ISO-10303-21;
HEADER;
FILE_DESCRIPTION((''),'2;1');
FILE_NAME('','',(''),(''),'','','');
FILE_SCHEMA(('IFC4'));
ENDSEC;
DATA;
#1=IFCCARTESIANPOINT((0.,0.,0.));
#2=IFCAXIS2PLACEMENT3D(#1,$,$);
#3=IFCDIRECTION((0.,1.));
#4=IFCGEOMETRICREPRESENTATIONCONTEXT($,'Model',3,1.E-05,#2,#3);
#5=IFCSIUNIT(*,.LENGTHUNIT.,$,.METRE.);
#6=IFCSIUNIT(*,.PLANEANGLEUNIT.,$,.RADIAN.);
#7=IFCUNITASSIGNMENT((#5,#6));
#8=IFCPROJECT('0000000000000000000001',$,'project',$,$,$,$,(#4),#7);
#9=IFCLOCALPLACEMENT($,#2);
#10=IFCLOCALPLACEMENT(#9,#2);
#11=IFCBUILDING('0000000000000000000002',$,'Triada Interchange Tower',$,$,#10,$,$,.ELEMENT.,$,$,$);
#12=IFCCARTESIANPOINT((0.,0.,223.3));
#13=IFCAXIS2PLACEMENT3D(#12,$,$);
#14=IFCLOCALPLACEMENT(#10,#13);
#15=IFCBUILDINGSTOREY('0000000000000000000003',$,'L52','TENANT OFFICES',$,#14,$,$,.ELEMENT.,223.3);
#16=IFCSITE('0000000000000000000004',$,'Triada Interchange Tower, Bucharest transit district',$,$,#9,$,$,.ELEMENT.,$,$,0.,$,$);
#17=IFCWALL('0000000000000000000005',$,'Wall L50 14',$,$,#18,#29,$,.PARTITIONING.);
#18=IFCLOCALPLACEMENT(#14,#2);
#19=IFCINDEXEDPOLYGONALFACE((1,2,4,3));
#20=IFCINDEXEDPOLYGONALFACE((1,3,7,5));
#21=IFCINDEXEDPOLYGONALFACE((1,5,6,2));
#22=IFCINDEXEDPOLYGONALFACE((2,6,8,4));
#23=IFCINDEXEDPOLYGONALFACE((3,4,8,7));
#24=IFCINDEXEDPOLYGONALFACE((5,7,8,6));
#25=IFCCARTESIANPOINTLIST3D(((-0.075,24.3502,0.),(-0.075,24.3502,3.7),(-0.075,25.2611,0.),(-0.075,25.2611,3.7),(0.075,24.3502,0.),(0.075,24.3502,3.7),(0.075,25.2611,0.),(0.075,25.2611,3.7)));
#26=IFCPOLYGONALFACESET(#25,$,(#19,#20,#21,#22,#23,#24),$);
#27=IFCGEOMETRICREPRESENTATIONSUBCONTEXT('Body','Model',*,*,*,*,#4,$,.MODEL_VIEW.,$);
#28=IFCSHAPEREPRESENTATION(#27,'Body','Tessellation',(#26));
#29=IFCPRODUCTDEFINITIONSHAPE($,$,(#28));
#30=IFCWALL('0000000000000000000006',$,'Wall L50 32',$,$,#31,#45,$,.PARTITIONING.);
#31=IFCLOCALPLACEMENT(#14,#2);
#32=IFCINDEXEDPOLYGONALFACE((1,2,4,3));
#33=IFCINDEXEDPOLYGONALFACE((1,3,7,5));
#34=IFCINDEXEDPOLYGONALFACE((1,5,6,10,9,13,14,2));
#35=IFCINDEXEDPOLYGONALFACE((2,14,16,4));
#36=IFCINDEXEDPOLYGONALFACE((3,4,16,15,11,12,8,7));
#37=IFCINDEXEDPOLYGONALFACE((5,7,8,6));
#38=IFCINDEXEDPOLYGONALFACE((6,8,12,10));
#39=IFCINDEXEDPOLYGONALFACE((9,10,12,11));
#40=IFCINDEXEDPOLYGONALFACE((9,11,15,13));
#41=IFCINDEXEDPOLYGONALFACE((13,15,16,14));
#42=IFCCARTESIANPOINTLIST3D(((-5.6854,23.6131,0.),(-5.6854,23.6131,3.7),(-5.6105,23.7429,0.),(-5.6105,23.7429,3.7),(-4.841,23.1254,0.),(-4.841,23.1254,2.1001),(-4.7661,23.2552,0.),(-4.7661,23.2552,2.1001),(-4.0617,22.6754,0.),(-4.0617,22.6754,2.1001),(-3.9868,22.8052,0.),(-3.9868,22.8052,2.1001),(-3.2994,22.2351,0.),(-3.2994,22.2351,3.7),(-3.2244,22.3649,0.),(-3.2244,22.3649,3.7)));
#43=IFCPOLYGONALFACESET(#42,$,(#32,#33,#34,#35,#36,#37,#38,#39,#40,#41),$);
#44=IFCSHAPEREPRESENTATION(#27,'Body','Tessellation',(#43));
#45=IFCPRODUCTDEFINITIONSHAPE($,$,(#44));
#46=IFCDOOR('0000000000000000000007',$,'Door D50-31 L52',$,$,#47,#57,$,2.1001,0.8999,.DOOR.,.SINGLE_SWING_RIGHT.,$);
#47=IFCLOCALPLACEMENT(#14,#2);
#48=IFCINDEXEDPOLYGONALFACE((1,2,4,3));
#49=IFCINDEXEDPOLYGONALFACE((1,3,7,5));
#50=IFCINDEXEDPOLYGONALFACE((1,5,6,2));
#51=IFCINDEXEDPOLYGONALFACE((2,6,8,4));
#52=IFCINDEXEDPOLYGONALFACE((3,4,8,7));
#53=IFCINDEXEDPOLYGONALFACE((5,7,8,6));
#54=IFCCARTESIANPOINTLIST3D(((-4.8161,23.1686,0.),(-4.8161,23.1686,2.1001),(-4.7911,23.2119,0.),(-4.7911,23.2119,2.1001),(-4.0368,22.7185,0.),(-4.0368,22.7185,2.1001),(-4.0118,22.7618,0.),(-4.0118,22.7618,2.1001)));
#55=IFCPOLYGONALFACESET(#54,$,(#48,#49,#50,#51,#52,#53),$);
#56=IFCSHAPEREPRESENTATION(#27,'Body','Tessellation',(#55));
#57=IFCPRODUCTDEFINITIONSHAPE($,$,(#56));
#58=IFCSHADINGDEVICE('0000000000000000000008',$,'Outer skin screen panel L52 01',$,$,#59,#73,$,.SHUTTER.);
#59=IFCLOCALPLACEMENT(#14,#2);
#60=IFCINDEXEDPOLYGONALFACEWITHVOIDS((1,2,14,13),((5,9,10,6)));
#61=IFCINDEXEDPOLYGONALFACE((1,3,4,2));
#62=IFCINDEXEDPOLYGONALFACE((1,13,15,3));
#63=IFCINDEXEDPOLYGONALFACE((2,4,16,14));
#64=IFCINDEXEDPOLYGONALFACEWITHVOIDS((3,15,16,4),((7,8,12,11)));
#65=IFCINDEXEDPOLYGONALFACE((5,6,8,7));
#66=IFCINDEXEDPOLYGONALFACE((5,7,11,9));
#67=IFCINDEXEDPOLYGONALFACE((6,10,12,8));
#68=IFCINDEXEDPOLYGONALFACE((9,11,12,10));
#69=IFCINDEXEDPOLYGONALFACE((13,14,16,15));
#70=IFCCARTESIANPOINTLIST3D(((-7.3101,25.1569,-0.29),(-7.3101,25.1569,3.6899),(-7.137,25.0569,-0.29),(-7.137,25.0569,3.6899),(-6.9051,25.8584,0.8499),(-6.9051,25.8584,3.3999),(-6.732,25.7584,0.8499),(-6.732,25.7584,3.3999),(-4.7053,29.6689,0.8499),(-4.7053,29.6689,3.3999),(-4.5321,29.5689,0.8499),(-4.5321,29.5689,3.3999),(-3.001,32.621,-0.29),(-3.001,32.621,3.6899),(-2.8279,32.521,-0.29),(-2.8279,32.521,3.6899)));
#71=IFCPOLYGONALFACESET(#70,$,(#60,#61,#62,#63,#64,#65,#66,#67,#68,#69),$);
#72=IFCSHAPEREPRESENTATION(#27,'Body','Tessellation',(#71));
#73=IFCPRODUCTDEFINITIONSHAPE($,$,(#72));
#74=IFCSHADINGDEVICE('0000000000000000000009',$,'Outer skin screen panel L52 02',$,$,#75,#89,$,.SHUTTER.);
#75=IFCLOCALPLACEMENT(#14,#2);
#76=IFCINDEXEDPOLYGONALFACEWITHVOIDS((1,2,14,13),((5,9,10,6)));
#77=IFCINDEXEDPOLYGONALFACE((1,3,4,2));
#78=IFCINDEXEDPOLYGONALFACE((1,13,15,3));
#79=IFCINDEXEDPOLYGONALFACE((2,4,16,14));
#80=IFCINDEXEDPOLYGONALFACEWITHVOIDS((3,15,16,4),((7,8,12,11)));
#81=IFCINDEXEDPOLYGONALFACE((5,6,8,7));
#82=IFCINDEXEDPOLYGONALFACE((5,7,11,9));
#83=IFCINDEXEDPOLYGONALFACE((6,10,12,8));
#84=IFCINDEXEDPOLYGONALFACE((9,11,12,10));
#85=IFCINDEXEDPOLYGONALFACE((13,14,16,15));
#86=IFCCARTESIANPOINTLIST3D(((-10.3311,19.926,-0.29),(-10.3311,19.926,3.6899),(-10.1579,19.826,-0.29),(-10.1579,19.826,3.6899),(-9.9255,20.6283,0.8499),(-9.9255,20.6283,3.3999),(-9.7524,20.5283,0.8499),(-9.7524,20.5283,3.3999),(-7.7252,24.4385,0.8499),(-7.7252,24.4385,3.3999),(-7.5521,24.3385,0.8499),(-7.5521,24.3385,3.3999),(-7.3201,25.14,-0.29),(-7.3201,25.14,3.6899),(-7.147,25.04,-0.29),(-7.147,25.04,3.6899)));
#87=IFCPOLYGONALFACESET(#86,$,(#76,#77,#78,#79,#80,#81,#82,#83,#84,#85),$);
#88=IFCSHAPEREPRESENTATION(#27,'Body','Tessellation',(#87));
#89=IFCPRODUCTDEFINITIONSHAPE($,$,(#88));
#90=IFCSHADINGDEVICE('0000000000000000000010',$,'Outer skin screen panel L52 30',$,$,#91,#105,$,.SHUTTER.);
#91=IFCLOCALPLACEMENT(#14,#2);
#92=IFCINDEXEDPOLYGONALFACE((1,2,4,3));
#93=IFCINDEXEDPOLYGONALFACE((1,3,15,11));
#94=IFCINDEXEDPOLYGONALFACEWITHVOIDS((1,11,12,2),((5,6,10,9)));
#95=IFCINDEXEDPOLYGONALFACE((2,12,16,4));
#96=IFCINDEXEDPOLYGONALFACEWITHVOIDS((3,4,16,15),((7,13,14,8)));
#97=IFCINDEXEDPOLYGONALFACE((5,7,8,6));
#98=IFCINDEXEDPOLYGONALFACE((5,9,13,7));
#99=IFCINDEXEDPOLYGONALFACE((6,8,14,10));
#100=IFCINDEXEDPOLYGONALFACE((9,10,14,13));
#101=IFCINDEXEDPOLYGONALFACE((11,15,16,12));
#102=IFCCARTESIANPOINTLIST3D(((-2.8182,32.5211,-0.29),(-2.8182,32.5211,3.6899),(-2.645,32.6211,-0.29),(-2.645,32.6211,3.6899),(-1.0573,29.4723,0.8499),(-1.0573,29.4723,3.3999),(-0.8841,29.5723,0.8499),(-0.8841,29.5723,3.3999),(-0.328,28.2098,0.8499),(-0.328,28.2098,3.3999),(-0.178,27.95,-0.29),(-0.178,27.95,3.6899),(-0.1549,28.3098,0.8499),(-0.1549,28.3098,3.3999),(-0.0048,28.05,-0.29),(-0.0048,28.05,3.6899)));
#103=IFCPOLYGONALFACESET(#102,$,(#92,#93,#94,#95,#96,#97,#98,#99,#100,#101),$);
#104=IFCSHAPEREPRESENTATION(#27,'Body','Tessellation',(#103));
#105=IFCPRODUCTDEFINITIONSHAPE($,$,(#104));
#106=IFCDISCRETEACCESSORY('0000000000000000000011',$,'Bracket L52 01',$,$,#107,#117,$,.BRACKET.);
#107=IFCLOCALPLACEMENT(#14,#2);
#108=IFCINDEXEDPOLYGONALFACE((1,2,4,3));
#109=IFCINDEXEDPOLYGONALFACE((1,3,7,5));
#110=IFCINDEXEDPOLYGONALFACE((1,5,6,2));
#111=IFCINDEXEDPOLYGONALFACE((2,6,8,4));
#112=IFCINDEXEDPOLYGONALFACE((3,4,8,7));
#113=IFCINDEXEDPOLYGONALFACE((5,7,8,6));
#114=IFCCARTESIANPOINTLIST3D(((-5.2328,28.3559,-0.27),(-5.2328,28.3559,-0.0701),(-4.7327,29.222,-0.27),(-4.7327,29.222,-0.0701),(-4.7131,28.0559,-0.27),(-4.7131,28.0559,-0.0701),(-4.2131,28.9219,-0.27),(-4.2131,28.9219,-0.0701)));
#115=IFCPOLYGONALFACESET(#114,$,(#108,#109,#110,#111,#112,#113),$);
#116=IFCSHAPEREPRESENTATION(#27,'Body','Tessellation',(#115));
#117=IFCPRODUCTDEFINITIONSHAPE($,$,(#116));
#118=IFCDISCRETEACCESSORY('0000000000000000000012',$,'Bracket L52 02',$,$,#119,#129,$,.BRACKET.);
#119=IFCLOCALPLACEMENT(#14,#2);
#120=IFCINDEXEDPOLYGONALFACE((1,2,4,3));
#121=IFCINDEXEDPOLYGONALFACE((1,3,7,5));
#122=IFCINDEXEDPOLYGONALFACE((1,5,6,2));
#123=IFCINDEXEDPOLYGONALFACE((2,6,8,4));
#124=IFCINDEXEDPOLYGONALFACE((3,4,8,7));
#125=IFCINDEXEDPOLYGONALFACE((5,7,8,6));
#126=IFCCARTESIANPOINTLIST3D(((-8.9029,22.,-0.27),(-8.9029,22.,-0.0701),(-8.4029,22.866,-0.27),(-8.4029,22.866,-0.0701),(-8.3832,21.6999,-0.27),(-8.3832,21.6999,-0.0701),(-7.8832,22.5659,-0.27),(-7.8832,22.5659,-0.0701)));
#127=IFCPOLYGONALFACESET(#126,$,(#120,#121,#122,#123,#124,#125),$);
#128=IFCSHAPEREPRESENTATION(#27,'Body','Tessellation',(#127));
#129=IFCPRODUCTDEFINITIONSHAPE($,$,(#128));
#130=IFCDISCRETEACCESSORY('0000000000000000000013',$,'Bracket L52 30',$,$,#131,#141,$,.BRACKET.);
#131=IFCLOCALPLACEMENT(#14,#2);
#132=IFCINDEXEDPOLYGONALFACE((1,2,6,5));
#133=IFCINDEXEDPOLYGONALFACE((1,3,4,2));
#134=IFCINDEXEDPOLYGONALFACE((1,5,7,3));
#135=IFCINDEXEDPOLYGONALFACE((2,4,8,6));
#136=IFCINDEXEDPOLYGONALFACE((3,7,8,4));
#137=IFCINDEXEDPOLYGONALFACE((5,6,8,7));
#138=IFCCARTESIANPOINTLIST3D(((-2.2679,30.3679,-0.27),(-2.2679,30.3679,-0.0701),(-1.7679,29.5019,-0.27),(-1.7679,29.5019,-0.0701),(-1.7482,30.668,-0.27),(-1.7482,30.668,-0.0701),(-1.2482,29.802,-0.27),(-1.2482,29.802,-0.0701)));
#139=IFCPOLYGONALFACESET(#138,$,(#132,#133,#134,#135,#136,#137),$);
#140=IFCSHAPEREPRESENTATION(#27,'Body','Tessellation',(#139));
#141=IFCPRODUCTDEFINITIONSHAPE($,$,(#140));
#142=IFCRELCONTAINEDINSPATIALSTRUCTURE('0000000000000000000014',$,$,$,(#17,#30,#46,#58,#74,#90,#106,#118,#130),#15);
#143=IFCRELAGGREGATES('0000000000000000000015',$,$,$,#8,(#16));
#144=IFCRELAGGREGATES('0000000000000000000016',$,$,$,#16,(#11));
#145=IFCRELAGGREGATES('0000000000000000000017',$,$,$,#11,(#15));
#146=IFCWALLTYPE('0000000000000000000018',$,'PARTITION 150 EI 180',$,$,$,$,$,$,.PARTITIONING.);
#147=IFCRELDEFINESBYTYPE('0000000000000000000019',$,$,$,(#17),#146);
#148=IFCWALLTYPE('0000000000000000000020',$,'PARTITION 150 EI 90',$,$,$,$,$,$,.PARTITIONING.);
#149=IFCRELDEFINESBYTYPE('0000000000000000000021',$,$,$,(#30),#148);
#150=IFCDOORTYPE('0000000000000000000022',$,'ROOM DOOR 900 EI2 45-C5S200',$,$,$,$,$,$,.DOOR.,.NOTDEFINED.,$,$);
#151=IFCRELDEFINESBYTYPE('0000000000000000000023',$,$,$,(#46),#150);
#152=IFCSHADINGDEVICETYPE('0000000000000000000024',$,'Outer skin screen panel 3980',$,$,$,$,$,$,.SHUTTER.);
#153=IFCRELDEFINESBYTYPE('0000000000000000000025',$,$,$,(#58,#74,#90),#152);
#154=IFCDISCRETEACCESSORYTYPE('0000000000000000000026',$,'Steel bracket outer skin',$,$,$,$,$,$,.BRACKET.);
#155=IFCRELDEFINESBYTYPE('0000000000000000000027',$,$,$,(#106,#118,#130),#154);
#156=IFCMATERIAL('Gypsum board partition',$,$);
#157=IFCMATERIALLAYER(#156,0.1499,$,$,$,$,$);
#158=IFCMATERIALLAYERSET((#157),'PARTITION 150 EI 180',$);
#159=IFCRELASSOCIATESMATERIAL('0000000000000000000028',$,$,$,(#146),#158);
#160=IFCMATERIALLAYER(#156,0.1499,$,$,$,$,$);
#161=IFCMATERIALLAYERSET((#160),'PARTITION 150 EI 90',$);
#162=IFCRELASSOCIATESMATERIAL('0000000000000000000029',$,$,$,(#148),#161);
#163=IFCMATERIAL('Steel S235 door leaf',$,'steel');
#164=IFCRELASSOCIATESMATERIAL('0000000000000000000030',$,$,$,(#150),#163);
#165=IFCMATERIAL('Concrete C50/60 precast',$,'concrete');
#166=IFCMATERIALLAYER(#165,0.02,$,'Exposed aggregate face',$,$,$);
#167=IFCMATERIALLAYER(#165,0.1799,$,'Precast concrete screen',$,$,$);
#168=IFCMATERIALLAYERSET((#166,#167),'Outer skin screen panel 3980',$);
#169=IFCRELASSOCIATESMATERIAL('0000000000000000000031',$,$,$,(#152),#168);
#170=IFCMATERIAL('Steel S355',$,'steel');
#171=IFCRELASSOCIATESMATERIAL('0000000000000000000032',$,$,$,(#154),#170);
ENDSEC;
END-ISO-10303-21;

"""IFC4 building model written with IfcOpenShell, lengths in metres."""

from ifc_helpers import new_model, si_unit, direction, frame, frame_2d, origin, origin_2d, place, context, subcontext, project, spatial, polyline, rectangle, outline, extrude, material, layer, layer_set, type_object, element, fill, save


model = new_model("IFC4")

# Units and contexts
model_context = context("Model", 3, precision=1e-05, world=origin(), true_north=direction((0.0, 1.0)))
body_context = subcontext(model_context, "Body", "Model", "MODEL_VIEW")
ifc_project = project(units=[si_unit("LENGTHUNIT", "METRE"), si_unit("PLANEANGLEUNIT", "RADIAN")], contexts=[model_context])

# Site, building, storey
site_placement = place(None, origin())
site = spatial("IfcSite", under=ifc_project, at=site_placement, Name="Triada Interchange Tower, Bucharest transit district", CompositionType="ELEMENT", RefElevation=0.0)
building_placement = place(site_placement, origin())
building = spatial("IfcBuilding", under=site, at=building_placement, Name="Triada Interchange Tower", CompositionType="ELEMENT")
storey_placement = place(building_placement, frame((0.0, 0.0, 223.3)))
storey = spatial("IfcBuildingStorey", under=building, at=storey_placement, Name="L52", Description="TENANT OFFICES", CompositionType="ELEMENT", Elevation=223.3)

# Wall
ifc_material_1 = material(Name="Gypsum board partition")
ifc_layer_1 = layer(ifc_material_1, 0.1499)
ifc_layer_set_1 = layer_set([ifc_layer_1], Name="PARTITION 150 EI 180")
wall_type_1 = type_object("IfcWallType", Name="PARTITION 150 EI 180", PredefinedType="PARTITIONING", material=ifc_layer_set_1)
wall_1_placement = place(storey_placement, frame((0.0, 24.3501, 0.0), z_axis=(0.0, 0.0, 1.0), x_axis=(0.0, 1.0, 0.0)))
element("IfcWall", 1, at=wall_1_placement, inside=storey, type_object=wall_type_1, Name="Wall L50 14", PredefinedType="PARTITIONING", context=body_context, shape_type="SweptSolid", body=[
    extrude(rectangle(XDim=0.9109, YDim=0.1499, at=frame_2d((0.4556, 0.0))), origin(), (0.0, 0.0, 1.0), 3.7),
])

# Wall, opening, door
ifc_layer_2 = layer(ifc_material_1, 0.1499)
ifc_layer_set_2 = layer_set([ifc_layer_2], Name="PARTITION 150 EI 90")
wall_type_2 = type_object("IfcWallType", Name="PARTITION 150 EI 90", PredefinedType="PARTITIONING", material=ifc_layer_set_2)
wall_2_placement = place(storey_placement, frame((-5.6479, 23.678, 0.0), z_axis=(0.0, 0.0, 1.0), x_axis=(0.865966, -0.500103, 0.0)))
wall_2 = element("IfcWall", 2, at=wall_2_placement, inside=storey, type_object=wall_type_2, Name="Wall L50 32", PredefinedType="PARTITIONING", context=body_context, shape_type="SweptSolid", body=[
    extrude(rectangle(XDim=2.7554, YDim=0.1499, at=frame_2d((1.3777, 0.0))), origin(), (0.0, 0.0, 1.0), 3.7),
])
opening_1_placement = place(wall_2_placement, frame((0.9751, 0.0, 0.0)))
opening_1 = element("IfcOpeningElement", 3, at=opening_1_placement, cuts=wall_2, PredefinedType="OPENING", context=body_context, shape_type="SweptSolid", body=[
    extrude(rectangle(XDim=0.8999, YDim=2.1001, at=frame_2d((0.45, 1.05))), frame((0.0, 0.085, 0.0), z_axis=(0.0, -1.0, 0.0), x_axis=(1.0, 0.0, 0.0)), (0.0, 0.0, 1.0), 0.1699),
])
ifc_material_2 = material(Name="Steel S235 door leaf", Category="steel")
door_type = type_object("IfcDoorType", Name="ROOM DOOR 900 EI2 45-C5S200", OperationType="NOTDEFINED", PredefinedType="DOOR", material=ifc_material_2)
door_placement = place(opening_1_placement, origin())
door = element("IfcDoor", 4, at=door_placement, inside=storey, type_object=door_type, Name="Door D50-31 L52", OperationType="SINGLE_SWING_RIGHT", OverallHeight=2.1001, OverallWidth=0.8999, PredefinedType="DOOR", context=body_context, shape_type="SweptSolid", body=[
    extrude(rectangle(XDim=0.8999, YDim=2.1001, at=frame_2d((0.45, 1.05))), frame((0.0, 0.0249, 0.0), z_axis=(0.0, -1.0, 0.0), x_axis=(1.0, 0.0, 0.0)), (0.0, 0.0, 1.0), 0.05),
])
fill(opening_1, door)

# Shading devices
ifc_material_3 = material(Name="Concrete C50/60 precast", Category="concrete")
ifc_layer_3 = layer(ifc_material_3, 0.02, Name="Exposed aggregate face")
ifc_layer_4 = layer(ifc_material_3, 0.1799, Name="Precast concrete screen")
ifc_layer_set_3 = layer_set([ifc_layer_3, ifc_layer_4], Name="Outer skin screen panel 3980")
shading_device_type = type_object("IfcShadingDeviceType", Name="Outer skin screen panel 3980", PredefinedType="SHUTTER", material=ifc_layer_set_3)
shading_device_1_placement = place(storey_placement, frame((-2.8279, 32.521, -0.29), z_axis=(0.0, 0.0, 1.0), x_axis=(-0.499972, -0.866042, 0.0)))
element("IfcShadingDevice", 5, at=shading_device_1_placement, inside=storey, type_object=shading_device_type, Name="Outer skin screen panel L52 01", PredefinedType="SHUTTER", context=body_context, shape_type="SweptSolid", body=[
    extrude(outline(polyline([(0.0, 0.0), (8.6187, 0.0), (8.6187, 3.98), (0.0, 3.98), (0.0, 0.0)]), holes=[polyline([(3.4087, 1.1399), (3.4087, 3.6899), (7.8086, 3.6899), (7.8086, 1.1399), (3.4087, 1.1399)])]), frame((0.0, 0.0, 0.0), z_axis=(0.0, -1.0, 0.0), x_axis=(1.0, 0.0, 0.0)), (0.0, 0.0, 1.0), 0.2),
])
shading_device_2_placement = place(storey_placement, frame((-7.147, 25.04, -0.29), z_axis=(0.0, 0.0, 1.0), x_axis=(-0.500077, -0.865981, 0.0)))
element("IfcShadingDevice", 6, at=shading_device_2_placement, inside=storey, type_object=shading_device_type, Name="Outer skin screen panel L52 02", PredefinedType="SHUTTER", context=body_context, shape_type="SweptSolid", body=[
    extrude(outline(polyline([(0.0, 0.0), (6.021, 0.0), (6.021, 3.98), (0.0, 3.98), (0.0, 0.0)]), holes=[polyline([(0.8101, 1.1399), (0.8101, 3.6899), (5.21, 3.6899), (5.21, 1.1399), (0.8101, 1.1399)])]), frame((0.0, 0.0, 0.0), z_axis=(0.0, -1.0, 0.0), x_axis=(1.0, 0.0, 0.0)), (0.0, 0.0, 1.0), 0.2),
])
shading_device_3_placement = place(storey_placement, frame((-0.178, 27.95, -0.29), z_axis=(0.0, 0.0, 1.0), x_axis=(-0.500148, 0.86594, 0.0)))
element("IfcShadingDevice", 7, at=shading_device_3_placement, inside=storey, type_object=shading_device_type, Name="Outer skin screen panel L52 30", PredefinedType="SHUTTER", context=body_context, shape_type="SweptSolid", body=[
    extrude(outline(polyline([(0.0, 0.0), (5.2788, 0.0), (5.2788, 3.98), (0.0, 3.98), (0.0, 0.0)]), holes=[polyline([(0.3, 1.1399), (0.3, 3.6899), (1.7581, 3.6899), (1.7581, 1.1399), (0.3, 1.1399)])]), frame((0.0, 0.0, 0.0), z_axis=(0.0, -1.0, 0.0), x_axis=(1.0, 0.0, 0.0)), (0.0, 0.0, 1.0), 0.2),
])

# Discrete accessories
ifc_material_4 = material(Name="Steel S355", Category="steel")
discrete_accessory_type = type_object("IfcDiscreteAccessoryType", Name="Steel bracket outer skin", PredefinedType="BRACKET", material=ifc_material_4)
for number, where, z_axis, x_axis, name in (
    (8, (-4.7229, 28.6389, -0.27), (0.0, 0.0, 1.0), (-0.866025, 0.500001, 0.0), "Bracket L52 01"),
    (9, (-8.3931, 22.283, -0.27), (0.0, 0.0, 1.0), (-0.866025, 0.500001, 0.0), "Bracket L52 02"),
    (10, (-1.7581, 30.085, -0.27), (0.0, 0.0, 1.0), (0.866, 0.500044, 0.0), "Bracket L52 30"),
):
    element("IfcDiscreteAccessory", number, at=place(storey_placement, frame(where, z_axis=z_axis, x_axis=x_axis)), inside=storey, type_object=discrete_accessory_type, Name=name, PredefinedType="BRACKET", context=body_context, shape_type="SweptSolid", body=[
        extrude(rectangle(XDim=0.6001, YDim=1.0, at=origin_2d()), origin(), (0.0, 0.0, 1.0), 0.2),
    ])

save(model, "model.ifc")
